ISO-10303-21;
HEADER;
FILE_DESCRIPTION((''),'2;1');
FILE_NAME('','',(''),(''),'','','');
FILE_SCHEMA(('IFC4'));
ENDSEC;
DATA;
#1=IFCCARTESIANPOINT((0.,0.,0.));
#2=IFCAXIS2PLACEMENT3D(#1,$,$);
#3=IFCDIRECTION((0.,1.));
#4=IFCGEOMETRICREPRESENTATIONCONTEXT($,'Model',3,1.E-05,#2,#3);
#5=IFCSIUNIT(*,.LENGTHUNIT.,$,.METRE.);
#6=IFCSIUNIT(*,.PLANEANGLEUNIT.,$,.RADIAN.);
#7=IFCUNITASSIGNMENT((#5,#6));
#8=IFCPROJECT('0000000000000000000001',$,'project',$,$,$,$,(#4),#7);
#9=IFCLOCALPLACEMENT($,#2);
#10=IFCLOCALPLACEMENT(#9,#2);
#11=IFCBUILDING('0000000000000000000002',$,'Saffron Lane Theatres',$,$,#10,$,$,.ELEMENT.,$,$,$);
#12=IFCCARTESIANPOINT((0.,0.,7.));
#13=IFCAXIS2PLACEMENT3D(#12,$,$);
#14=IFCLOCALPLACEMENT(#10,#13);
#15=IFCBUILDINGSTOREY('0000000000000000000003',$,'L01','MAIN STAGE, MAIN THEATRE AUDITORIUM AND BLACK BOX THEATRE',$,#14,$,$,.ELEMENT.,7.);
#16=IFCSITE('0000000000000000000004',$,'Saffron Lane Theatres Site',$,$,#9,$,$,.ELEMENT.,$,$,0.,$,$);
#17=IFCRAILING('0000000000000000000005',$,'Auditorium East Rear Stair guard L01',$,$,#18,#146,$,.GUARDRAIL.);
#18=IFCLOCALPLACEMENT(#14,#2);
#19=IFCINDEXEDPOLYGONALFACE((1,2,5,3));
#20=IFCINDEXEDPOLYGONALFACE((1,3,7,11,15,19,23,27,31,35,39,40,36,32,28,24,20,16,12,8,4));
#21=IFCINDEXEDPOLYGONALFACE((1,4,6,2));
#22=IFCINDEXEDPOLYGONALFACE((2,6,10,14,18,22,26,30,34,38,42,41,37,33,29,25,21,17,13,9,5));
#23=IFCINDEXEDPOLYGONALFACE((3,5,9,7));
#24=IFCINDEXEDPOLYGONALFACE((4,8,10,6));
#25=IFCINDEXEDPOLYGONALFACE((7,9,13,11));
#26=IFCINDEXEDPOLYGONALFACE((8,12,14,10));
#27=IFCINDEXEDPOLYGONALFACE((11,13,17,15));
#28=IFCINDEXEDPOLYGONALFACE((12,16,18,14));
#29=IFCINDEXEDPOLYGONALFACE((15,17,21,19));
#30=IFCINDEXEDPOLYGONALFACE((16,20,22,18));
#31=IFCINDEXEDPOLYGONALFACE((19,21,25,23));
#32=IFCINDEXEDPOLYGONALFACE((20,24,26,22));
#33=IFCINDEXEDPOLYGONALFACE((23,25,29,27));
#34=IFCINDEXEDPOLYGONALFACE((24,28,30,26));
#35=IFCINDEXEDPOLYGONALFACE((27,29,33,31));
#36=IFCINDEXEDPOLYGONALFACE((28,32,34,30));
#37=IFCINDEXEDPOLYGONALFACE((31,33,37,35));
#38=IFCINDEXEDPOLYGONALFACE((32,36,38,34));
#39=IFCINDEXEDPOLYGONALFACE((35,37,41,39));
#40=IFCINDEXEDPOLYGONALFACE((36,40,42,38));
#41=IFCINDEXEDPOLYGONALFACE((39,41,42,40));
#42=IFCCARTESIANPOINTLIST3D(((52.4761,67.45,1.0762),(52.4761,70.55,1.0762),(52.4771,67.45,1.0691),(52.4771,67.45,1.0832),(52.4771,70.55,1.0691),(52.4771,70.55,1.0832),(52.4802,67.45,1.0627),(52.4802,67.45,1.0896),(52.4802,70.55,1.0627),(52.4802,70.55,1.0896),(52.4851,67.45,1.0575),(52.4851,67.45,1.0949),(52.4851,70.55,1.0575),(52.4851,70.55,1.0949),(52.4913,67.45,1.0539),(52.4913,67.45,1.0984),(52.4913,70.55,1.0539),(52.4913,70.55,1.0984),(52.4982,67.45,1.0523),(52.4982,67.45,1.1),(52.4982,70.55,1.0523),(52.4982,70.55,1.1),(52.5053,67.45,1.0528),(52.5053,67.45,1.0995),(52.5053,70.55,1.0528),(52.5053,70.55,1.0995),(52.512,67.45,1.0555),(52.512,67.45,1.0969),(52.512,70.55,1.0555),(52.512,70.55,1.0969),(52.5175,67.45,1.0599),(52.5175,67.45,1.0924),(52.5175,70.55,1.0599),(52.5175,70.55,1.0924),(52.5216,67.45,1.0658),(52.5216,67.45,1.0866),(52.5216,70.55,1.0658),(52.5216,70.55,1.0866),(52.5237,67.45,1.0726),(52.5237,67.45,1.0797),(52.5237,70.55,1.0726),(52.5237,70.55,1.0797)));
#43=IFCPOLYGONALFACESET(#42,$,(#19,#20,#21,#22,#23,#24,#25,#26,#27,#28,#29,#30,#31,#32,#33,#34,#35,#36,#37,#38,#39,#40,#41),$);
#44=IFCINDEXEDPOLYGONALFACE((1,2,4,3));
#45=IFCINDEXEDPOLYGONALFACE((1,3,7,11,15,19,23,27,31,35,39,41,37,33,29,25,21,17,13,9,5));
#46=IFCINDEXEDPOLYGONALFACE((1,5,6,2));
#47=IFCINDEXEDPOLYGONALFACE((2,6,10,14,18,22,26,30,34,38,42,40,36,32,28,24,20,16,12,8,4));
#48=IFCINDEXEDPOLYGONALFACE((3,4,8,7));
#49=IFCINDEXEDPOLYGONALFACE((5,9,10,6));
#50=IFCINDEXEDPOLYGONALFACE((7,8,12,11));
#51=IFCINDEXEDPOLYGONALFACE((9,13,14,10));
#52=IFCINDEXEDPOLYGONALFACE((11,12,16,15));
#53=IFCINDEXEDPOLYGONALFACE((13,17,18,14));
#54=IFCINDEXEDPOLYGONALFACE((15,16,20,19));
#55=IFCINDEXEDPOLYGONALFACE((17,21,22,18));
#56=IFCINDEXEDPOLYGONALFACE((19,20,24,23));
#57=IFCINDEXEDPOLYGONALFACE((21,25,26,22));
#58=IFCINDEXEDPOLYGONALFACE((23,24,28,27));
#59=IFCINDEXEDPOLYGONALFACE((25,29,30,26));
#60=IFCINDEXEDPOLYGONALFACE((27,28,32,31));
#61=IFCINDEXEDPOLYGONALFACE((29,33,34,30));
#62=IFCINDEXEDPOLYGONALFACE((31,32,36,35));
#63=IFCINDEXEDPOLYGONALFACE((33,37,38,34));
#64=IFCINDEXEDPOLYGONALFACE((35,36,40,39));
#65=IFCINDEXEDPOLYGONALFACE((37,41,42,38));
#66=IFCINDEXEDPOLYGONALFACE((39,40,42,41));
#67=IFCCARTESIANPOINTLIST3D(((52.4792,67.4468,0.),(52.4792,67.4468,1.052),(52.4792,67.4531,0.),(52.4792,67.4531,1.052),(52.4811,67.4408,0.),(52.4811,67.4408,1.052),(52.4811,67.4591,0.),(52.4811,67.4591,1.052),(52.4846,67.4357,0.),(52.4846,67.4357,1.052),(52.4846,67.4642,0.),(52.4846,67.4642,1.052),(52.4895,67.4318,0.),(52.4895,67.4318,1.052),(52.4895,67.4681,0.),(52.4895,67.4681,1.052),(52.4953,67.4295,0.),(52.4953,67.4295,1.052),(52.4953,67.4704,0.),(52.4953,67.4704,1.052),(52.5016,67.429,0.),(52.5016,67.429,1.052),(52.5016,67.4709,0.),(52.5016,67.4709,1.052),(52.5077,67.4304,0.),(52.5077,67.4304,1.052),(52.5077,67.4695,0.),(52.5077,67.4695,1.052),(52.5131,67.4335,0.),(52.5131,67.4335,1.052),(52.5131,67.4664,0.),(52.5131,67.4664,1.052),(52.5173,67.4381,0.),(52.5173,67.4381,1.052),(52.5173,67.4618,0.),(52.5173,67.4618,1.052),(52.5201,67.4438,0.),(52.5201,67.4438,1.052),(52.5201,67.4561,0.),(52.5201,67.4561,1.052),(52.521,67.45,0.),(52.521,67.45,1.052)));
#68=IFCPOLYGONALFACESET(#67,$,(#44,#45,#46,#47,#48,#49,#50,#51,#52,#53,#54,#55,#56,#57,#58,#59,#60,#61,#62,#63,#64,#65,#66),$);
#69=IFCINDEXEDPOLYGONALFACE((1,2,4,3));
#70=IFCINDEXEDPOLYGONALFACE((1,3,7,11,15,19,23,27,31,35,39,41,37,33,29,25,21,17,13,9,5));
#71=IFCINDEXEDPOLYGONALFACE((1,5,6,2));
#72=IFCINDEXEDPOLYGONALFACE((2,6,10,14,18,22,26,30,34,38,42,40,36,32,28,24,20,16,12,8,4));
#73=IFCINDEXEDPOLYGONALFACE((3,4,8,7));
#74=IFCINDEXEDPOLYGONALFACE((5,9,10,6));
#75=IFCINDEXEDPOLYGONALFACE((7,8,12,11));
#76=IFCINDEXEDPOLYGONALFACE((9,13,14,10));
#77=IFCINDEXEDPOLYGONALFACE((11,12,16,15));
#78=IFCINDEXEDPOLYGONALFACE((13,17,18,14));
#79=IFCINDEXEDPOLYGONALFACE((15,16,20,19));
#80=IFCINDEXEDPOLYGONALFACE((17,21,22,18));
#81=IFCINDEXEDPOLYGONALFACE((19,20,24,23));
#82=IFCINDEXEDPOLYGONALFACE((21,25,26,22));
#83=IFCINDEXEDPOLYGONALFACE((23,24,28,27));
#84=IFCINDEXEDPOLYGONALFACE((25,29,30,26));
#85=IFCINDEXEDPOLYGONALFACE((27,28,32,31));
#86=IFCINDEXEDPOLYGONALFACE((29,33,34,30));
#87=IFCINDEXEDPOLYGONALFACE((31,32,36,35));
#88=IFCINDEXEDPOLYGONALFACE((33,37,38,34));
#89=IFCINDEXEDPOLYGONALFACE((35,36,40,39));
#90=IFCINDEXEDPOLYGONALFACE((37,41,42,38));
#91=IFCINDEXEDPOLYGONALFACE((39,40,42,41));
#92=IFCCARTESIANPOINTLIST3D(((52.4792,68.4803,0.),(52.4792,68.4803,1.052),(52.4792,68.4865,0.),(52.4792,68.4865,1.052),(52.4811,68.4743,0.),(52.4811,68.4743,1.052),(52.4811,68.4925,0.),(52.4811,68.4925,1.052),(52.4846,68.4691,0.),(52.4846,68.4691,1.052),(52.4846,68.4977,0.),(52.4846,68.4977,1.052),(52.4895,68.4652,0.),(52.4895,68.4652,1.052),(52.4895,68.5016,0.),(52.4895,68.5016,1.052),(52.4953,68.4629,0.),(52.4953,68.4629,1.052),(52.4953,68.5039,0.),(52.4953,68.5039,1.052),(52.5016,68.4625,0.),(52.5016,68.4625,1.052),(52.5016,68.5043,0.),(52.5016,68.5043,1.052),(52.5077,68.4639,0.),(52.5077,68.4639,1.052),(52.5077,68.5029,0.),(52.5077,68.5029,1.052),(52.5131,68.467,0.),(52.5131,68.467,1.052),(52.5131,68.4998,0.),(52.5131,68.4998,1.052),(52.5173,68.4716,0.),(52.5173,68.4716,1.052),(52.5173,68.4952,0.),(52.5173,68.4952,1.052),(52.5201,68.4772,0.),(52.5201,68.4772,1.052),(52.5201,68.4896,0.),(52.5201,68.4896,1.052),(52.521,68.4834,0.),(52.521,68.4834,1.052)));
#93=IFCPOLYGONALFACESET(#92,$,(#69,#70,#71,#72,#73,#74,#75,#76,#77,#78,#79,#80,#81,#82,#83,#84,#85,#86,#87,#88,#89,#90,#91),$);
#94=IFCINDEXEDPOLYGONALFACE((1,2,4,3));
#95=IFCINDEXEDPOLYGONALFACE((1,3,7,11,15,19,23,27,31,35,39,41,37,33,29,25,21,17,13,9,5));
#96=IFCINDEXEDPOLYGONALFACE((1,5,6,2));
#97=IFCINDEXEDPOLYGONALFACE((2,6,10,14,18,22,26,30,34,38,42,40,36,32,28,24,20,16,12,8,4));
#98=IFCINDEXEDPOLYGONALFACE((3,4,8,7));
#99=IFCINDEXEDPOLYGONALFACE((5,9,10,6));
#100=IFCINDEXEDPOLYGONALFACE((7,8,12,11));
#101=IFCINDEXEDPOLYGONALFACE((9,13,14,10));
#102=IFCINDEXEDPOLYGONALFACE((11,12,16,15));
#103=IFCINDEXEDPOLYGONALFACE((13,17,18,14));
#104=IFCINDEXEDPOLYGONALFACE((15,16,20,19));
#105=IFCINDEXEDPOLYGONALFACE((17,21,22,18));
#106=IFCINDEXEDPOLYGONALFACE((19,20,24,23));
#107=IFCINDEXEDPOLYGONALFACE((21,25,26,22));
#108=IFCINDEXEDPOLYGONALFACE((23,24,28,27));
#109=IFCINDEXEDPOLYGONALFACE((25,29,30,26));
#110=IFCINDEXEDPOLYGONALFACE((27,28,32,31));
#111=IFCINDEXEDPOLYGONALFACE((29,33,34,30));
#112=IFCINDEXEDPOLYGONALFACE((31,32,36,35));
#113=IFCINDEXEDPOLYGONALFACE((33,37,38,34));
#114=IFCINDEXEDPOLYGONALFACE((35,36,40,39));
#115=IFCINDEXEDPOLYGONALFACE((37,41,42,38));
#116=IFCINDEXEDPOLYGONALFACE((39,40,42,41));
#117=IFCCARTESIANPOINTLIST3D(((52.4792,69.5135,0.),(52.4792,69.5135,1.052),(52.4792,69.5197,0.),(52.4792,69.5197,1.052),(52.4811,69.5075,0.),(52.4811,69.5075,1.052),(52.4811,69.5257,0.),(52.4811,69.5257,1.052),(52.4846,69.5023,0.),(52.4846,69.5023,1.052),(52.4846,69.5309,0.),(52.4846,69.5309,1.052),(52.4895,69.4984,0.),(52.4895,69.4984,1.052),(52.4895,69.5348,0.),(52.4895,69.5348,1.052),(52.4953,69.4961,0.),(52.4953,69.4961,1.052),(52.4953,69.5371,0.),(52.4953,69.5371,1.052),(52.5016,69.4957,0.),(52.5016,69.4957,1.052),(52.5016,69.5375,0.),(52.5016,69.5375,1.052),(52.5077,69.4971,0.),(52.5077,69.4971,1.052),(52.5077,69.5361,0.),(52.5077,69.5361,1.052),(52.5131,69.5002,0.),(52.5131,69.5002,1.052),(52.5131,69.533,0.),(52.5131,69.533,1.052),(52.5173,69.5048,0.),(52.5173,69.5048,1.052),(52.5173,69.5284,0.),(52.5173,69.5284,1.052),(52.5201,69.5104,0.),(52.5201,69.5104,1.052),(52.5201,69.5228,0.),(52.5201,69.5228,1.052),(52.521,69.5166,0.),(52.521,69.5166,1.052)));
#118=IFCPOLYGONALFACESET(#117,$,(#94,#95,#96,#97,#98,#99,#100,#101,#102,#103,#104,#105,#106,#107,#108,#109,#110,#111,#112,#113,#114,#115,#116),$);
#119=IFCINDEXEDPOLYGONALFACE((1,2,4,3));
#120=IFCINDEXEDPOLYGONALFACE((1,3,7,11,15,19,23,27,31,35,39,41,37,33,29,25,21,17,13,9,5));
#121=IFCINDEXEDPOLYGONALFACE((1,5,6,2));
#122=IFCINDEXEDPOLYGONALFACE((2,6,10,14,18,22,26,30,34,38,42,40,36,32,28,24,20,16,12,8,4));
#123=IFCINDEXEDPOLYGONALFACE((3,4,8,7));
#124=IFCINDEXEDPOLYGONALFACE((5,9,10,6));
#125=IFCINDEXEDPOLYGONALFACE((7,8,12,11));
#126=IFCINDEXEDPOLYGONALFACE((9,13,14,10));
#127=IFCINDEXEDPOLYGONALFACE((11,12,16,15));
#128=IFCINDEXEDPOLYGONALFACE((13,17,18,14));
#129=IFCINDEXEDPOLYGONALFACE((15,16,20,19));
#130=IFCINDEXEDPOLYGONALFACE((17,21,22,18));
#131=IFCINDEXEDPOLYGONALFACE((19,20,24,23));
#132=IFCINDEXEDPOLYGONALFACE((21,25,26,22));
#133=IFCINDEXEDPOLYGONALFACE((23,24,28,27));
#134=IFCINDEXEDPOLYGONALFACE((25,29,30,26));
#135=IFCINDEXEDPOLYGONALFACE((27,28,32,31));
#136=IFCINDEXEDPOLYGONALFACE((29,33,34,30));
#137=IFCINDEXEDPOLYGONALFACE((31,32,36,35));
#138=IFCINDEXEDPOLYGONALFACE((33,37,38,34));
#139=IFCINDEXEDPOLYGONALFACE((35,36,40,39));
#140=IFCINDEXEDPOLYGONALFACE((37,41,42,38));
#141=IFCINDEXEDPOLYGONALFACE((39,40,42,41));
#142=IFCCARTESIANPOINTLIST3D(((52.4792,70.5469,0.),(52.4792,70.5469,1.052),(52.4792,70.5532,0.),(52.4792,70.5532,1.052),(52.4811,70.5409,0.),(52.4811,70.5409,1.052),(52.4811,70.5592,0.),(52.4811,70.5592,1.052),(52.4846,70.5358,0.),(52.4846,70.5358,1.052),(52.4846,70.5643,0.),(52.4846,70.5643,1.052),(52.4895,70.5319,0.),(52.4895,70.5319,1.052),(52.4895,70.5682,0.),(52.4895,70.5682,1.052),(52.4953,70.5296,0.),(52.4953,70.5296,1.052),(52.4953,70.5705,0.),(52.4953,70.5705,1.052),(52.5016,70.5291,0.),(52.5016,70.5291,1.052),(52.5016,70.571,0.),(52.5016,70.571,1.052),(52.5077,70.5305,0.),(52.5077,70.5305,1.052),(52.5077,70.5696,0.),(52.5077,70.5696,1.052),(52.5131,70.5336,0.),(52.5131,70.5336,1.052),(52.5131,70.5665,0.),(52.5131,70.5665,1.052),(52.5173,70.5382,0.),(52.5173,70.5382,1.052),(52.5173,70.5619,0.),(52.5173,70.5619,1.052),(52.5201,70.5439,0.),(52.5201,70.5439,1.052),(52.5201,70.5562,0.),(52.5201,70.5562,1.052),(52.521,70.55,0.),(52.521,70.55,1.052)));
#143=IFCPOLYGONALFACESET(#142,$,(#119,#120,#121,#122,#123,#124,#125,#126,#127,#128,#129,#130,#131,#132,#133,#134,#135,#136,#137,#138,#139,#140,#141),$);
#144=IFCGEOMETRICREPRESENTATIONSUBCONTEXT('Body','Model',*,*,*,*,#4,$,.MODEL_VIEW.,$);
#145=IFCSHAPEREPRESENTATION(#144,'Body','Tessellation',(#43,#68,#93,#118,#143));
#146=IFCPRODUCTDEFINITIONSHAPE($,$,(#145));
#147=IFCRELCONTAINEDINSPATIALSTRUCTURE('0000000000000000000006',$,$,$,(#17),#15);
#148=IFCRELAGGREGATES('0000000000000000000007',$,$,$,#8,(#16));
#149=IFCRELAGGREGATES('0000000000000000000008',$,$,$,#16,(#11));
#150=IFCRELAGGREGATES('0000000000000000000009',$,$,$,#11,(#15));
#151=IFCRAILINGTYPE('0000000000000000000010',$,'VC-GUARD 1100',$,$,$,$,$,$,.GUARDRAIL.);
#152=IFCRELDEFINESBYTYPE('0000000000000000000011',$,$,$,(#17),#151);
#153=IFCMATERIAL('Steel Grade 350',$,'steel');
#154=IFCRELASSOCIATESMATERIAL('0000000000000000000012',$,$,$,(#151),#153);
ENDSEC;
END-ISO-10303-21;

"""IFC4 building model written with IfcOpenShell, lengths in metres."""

from ifc_helpers import new_model, si_unit, direction, frame, origin, origin_2d, place, context, subcontext, project, spatial, circle, extrude, material, type_object, element, save


model = new_model("IFC4")

# Units and contexts
model_context = context("Model", 3, precision=1e-05, world=origin(), true_north=direction((0.0, 1.0)))
body_context = subcontext(model_context, "Body", "Model", "MODEL_VIEW")
ifc_project = project(units=[si_unit("LENGTHUNIT", "METRE"), si_unit("PLANEANGLEUNIT", "RADIAN")], contexts=[model_context])

# Site, building, storey
site_placement = place(None, origin())
site = spatial("IfcSite", under=ifc_project, at=site_placement, Name="Saffron Lane Theatres Site", CompositionType="ELEMENT", RefElevation=0.0)
building_placement = place(site_placement, origin())
building = spatial("IfcBuilding", under=site, at=building_placement, Name="Saffron Lane Theatres", CompositionType="ELEMENT")
storey_placement = place(building_placement, frame((0.0, 0.0, 7.0)))
storey = spatial("IfcBuildingStorey", under=building, at=storey_placement, Name="L01", Description="MAIN STAGE, MAIN THEATRE AUDITORIUM AND BLACK BOX THEATRE", CompositionType="ELEMENT", Elevation=7.0)

# Railing
ifc_material_1 = material(Name="Steel Grade 350", Category="steel")
railing_type_1 = type_object("IfcRailingType", Name="VC-GUARD 1100", PredefinedType="GUARDRAIL", material=ifc_material_1)
railing_1_placement = place(storey_placement, frame((52.5, 67.45, 0.0)))
element("IfcRailing", 1, at=railing_1_placement, inside=storey, type_object=railing_type_1, Name="Auditorium East Rear Stair guard L01", PredefinedType="GUARDRAIL", context=body_context, shape_type="SweptSolid", body=[
    extrude(circle(Radius=0.0239, at=origin_2d()), frame((0.0, 0.0, 1.0762), z_axis=(0.0, 1.0, 0.0), x_axis=(-1.0, 0.0, 0.0)), (0.0, 0.0, 1.0), 3.1001),
    extrude(circle(Radius=0.021, at=origin_2d()), origin(), (0.0, 0.0, 1.0), 1.052),
    extrude(circle(Radius=0.021, at=origin_2d()), frame((0.0, 1.0334, 0.0)), (0.0, 0.0, 1.0), 1.052),
    extrude(circle(Radius=0.021, at=origin_2d()), frame((0.0, 2.0667, 0.0)), (0.0, 0.0, 1.0), 1.052),
    extrude(circle(Radius=0.021, at=origin_2d()), frame((0.0, 3.1001, 0.0)), (0.0, 0.0, 1.0), 1.052),
])

save(model, "model.ifc")
